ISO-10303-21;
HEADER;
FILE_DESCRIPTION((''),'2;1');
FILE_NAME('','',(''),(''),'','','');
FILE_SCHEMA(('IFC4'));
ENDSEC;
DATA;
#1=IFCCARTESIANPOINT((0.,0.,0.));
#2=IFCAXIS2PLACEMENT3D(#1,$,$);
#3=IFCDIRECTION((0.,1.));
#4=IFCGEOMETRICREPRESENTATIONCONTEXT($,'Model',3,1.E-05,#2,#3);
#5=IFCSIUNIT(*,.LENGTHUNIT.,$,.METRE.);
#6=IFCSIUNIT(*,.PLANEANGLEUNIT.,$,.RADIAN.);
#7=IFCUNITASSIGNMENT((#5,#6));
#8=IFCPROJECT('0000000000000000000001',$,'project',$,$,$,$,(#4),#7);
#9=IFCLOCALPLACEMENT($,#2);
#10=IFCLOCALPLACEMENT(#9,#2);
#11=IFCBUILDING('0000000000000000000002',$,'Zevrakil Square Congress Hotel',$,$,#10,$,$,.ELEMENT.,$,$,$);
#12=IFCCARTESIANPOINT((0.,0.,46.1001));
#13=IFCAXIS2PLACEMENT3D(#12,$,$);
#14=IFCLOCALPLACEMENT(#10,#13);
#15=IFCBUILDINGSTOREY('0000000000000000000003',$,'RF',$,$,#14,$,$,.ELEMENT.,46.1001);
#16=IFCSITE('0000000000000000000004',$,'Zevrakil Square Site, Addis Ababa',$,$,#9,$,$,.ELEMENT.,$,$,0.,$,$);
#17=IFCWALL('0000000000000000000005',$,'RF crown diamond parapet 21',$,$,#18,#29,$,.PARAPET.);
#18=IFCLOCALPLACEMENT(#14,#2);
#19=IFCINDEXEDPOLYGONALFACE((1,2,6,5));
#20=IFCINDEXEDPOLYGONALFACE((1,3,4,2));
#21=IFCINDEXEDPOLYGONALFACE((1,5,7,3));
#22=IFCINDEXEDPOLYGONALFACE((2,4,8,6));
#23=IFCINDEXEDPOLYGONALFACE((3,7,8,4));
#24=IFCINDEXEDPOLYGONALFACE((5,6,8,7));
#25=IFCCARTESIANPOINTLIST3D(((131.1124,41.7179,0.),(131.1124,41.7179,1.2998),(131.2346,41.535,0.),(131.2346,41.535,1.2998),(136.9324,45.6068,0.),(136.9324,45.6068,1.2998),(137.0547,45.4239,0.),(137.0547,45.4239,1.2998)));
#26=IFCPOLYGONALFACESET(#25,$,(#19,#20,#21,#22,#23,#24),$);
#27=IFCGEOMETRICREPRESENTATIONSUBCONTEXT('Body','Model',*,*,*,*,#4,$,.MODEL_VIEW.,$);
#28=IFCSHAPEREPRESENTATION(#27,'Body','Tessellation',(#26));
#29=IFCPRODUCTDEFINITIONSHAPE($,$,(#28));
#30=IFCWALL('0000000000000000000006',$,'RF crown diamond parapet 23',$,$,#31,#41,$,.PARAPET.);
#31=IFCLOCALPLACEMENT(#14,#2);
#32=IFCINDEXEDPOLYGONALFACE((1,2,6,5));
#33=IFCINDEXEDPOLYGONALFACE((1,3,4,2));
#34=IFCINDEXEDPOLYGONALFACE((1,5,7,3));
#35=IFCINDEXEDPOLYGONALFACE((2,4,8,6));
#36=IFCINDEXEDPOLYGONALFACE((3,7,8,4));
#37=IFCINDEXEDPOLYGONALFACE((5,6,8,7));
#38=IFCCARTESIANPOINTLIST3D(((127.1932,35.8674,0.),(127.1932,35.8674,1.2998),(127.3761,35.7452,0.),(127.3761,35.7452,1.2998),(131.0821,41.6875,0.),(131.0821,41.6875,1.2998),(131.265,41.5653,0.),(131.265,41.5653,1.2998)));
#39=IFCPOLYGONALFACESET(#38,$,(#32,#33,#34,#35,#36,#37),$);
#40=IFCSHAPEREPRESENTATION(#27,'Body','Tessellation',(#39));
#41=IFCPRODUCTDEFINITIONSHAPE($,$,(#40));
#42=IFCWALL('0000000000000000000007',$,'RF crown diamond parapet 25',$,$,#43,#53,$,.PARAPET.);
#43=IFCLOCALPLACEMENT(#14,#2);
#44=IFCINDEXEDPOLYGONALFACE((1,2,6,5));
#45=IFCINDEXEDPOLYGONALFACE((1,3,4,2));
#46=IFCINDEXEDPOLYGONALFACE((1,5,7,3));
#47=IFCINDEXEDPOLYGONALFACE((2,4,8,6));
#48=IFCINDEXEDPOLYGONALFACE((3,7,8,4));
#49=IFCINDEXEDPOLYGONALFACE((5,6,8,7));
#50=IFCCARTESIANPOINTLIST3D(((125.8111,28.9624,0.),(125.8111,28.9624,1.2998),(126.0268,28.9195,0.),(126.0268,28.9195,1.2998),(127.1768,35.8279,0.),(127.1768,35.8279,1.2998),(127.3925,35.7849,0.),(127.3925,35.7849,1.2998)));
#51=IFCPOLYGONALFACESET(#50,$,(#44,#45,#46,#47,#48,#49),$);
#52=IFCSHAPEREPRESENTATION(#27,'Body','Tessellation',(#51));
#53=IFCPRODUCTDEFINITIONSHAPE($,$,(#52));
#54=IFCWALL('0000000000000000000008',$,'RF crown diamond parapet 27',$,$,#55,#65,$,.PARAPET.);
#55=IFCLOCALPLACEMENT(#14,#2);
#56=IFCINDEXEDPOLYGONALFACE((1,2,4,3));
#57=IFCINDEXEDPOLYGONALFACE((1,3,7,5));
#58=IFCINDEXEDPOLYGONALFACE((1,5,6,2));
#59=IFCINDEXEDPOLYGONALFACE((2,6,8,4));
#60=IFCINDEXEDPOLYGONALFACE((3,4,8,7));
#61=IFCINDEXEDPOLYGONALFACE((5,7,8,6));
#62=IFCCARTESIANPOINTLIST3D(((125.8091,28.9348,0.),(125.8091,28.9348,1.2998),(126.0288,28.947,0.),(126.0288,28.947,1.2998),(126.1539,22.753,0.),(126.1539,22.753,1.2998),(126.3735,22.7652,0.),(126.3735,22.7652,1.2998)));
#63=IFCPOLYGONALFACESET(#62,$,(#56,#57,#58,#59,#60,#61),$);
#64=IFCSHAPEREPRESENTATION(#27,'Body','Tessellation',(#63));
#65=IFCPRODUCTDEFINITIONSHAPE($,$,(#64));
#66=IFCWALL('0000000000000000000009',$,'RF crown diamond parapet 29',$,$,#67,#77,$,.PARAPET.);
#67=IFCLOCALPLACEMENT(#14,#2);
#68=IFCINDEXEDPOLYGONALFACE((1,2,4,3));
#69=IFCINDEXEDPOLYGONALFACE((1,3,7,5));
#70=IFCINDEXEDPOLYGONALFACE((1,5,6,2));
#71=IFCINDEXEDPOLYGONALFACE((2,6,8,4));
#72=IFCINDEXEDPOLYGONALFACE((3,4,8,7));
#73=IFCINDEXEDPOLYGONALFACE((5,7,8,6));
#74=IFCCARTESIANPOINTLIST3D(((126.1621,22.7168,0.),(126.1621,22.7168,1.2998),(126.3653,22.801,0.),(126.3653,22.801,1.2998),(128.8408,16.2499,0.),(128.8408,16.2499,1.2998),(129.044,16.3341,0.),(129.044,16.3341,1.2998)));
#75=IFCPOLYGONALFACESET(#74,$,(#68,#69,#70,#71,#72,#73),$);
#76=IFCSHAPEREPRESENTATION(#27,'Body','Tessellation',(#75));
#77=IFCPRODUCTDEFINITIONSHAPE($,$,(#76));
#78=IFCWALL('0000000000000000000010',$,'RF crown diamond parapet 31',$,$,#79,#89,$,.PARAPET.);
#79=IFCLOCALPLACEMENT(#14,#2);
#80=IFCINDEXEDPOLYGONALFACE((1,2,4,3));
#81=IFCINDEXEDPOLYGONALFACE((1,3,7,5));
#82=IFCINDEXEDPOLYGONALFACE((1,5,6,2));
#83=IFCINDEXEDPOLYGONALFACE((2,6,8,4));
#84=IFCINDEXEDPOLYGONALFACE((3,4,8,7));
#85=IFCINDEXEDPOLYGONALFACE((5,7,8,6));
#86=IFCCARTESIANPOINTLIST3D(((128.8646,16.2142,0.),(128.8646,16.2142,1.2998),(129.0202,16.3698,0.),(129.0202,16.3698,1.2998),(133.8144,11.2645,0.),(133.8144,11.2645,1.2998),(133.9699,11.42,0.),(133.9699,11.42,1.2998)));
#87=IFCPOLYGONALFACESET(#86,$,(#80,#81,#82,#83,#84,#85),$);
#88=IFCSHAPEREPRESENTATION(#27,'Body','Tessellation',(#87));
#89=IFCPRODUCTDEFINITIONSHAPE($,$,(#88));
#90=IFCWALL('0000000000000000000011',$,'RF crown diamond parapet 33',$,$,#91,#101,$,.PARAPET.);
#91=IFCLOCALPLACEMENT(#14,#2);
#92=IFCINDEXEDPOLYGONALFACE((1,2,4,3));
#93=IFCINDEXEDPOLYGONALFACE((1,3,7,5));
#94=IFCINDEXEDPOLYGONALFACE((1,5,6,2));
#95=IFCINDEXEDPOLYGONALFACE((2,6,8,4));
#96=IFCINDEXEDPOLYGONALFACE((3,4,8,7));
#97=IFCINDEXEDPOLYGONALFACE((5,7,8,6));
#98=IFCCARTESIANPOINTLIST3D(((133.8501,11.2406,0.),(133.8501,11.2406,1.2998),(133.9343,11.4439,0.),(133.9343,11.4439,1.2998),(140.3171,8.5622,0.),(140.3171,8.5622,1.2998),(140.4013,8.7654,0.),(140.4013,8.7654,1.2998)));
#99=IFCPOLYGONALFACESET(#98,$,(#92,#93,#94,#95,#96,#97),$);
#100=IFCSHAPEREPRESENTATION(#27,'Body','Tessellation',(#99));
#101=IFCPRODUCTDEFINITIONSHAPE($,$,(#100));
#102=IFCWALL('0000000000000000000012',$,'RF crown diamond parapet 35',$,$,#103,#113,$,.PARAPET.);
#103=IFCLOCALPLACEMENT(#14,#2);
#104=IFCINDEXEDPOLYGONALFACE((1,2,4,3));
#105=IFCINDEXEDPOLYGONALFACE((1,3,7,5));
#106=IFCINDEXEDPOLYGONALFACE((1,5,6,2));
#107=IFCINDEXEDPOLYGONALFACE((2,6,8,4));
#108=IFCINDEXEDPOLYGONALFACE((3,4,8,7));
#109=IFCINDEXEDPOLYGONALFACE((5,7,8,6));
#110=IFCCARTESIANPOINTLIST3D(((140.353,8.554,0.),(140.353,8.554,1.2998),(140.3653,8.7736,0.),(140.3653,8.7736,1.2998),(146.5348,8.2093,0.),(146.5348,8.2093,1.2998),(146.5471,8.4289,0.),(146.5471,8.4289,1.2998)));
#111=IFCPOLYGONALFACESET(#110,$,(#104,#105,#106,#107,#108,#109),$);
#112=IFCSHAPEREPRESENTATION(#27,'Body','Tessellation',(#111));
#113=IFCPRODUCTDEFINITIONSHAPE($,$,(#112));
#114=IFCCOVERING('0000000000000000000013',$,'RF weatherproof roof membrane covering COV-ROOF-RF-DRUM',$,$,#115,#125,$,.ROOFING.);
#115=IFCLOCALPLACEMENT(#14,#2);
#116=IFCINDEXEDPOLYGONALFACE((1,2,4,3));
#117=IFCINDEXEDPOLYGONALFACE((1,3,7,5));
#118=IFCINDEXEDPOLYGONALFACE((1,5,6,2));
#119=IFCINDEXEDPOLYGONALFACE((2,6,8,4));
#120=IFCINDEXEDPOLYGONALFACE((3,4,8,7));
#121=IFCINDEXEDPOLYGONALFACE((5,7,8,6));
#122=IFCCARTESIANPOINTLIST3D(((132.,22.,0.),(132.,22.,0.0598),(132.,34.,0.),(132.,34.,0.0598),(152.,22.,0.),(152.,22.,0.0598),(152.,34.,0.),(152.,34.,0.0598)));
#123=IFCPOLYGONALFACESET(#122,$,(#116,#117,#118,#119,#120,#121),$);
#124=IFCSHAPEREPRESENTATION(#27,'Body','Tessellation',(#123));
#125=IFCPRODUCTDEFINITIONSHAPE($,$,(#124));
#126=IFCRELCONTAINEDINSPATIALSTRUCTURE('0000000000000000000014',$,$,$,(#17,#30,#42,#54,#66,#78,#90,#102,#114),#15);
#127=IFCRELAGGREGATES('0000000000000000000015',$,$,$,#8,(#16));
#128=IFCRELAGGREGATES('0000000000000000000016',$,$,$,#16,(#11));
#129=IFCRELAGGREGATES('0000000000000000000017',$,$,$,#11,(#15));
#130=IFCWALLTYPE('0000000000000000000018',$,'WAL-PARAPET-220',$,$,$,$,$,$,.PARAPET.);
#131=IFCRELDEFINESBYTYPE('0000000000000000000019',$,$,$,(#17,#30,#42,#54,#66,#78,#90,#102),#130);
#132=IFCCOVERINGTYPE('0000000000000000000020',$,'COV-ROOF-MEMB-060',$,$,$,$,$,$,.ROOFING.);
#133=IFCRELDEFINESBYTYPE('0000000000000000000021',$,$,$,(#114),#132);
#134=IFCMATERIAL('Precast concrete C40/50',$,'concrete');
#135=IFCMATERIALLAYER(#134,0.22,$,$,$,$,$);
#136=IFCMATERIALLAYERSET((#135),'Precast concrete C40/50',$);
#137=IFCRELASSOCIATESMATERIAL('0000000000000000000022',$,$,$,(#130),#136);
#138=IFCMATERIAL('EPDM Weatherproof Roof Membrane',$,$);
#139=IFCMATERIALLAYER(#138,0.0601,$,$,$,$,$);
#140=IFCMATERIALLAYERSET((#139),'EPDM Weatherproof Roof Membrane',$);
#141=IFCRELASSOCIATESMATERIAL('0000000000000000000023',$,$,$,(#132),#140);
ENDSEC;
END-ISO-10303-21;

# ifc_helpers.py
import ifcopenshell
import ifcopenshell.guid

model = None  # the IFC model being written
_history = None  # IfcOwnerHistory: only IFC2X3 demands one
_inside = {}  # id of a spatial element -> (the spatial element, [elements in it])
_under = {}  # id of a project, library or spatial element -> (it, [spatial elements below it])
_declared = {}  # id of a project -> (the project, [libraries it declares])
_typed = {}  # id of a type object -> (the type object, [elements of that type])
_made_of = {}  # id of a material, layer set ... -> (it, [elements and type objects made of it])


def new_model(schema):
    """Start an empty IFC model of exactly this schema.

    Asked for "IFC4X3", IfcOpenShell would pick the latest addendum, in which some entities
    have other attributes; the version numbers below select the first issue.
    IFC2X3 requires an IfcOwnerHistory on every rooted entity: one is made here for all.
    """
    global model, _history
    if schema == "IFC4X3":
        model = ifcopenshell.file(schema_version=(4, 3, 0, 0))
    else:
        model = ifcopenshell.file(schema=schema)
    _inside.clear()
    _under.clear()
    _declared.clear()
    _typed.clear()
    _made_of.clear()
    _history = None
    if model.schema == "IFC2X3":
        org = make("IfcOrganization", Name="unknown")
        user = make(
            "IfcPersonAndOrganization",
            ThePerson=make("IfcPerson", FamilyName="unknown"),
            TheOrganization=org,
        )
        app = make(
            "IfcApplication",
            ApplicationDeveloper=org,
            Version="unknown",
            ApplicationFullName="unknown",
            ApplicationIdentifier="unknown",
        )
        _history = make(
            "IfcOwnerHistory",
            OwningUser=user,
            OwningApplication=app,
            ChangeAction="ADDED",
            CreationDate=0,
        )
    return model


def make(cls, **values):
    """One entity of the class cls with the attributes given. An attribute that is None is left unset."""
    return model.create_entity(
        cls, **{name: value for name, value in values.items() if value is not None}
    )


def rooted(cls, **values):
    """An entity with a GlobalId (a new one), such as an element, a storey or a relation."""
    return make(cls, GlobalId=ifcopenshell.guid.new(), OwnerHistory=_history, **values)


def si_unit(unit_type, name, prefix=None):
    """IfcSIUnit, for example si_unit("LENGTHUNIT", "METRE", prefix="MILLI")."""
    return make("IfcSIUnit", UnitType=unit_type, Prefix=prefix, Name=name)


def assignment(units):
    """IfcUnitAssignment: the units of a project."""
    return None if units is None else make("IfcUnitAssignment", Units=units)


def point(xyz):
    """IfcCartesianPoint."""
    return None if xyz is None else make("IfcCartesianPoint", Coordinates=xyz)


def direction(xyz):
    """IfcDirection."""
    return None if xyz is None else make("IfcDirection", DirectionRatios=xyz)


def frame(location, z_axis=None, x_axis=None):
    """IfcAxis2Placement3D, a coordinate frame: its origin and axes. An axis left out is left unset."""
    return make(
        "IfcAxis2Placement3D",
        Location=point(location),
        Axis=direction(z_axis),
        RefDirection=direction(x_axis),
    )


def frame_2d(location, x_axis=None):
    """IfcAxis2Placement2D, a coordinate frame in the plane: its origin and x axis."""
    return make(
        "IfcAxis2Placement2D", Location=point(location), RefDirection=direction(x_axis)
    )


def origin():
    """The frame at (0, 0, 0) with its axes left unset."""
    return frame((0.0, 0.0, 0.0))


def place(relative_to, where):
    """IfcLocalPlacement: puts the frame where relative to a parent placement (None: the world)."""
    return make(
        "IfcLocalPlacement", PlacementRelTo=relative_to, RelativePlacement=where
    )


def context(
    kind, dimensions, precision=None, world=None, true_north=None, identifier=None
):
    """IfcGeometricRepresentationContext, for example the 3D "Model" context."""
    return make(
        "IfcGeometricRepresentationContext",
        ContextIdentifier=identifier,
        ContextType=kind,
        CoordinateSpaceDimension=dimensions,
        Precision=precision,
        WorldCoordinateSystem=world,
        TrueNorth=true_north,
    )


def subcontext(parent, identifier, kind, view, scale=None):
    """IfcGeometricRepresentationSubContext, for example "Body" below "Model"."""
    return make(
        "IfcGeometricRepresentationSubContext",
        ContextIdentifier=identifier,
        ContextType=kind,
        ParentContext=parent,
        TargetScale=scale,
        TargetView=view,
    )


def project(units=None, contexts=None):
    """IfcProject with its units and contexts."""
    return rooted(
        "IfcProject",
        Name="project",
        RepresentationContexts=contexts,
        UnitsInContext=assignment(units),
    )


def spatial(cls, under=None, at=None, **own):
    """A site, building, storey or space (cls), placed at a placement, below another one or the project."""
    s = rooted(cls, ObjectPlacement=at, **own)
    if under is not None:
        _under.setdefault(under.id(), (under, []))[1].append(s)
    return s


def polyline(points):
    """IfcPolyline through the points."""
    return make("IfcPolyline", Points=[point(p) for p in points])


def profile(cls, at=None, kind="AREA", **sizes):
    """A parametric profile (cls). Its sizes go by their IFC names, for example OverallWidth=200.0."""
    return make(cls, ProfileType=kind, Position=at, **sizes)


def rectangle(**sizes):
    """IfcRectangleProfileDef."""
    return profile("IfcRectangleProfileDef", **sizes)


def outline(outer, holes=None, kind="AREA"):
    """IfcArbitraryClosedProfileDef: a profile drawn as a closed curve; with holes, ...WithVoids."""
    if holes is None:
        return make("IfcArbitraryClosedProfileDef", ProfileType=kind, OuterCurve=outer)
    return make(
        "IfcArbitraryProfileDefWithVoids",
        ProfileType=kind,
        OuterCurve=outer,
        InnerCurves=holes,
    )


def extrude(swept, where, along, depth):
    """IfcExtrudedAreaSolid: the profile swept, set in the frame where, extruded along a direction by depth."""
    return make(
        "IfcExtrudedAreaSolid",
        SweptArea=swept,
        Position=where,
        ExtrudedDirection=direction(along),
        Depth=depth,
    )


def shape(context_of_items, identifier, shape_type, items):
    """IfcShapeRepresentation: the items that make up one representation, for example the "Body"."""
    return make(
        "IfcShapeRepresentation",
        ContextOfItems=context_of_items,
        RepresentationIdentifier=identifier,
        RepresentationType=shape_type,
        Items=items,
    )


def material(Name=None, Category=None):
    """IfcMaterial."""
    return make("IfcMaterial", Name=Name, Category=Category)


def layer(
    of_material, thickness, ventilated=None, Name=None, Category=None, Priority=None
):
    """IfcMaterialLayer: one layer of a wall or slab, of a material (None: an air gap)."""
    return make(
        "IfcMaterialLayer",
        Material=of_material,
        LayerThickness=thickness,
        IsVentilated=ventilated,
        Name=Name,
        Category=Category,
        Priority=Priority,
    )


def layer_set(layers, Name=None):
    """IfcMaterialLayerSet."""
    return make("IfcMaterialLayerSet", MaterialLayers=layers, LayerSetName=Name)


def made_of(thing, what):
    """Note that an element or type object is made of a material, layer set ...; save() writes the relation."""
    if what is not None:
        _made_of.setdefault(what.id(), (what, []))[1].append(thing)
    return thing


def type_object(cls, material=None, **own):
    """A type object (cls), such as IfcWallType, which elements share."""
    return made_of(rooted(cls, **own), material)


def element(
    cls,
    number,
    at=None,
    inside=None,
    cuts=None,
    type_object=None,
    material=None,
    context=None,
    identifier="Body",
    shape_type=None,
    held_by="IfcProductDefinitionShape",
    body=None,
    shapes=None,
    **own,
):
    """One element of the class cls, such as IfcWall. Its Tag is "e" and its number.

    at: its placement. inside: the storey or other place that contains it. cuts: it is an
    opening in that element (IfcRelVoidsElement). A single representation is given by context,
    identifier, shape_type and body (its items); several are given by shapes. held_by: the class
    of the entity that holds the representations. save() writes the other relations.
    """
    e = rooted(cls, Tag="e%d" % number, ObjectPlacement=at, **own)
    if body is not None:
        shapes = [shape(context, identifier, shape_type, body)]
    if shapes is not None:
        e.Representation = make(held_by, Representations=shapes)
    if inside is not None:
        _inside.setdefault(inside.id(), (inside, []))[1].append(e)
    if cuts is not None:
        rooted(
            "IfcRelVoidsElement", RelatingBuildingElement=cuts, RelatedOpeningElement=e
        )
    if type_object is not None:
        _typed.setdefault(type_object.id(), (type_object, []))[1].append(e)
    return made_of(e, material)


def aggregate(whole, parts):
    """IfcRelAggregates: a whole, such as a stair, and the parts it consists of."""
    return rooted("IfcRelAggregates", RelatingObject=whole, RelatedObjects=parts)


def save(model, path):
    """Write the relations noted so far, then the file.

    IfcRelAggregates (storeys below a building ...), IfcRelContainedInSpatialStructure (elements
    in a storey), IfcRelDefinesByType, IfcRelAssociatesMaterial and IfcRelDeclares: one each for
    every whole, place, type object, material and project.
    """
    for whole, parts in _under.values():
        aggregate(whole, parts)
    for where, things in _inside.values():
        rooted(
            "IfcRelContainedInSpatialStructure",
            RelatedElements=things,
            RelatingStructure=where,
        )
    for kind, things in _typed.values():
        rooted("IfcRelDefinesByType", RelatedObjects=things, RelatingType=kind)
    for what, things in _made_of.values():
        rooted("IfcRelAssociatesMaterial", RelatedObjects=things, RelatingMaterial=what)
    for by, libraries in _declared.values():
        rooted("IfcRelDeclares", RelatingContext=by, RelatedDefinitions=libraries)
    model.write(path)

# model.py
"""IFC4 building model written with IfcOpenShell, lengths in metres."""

from ifc_helpers import new_model, si_unit, direction, frame, frame_2d, origin, place, context, subcontext, project, spatial, polyline, rectangle, outline, extrude, material, layer, layer_set, type_object, element, save


model = new_model("IFC4")

# Units and contexts
model_context = context("Model", 3, precision=1e-05, world=origin(), true_north=direction((0.0, 1.0)))
body_context = subcontext(model_context, "Body", "Model", "MODEL_VIEW")
ifc_project = project(units=[si_unit("LENGTHUNIT", "METRE"), si_unit("PLANEANGLEUNIT", "RADIAN")], contexts=[model_context])

# Site, building, storey
site_placement = place(None, origin())
site = spatial("IfcSite", under=ifc_project, at=site_placement, Name="Zevrakil Square Site, Addis Ababa", CompositionType="ELEMENT", RefElevation=0.0)
building_placement = place(site_placement, origin())
building = spatial("IfcBuilding", under=site, at=building_placement, Name="Zevrakil Square Congress Hotel", CompositionType="ELEMENT")
storey_placement = place(building_placement, frame((0.0, 0.0, 46.1001)))
storey = spatial("IfcBuildingStorey", under=building, at=storey_placement, Name="RF", CompositionType="ELEMENT", Elevation=46.1001)

# Walls
ifc_material_1 = material(Name="Precast concrete C40/50", Category="concrete")
ifc_layer_1 = layer(ifc_material_1, 0.22)
ifc_layer_set_1 = layer_set([ifc_layer_1], Name="Precast concrete C40/50")
wall_type = type_object("IfcWallType", Name="WAL-PARAPET-220", PredefinedType="PARAPET", material=ifc_layer_set_1)
for number, where, z_axis, x_axis, name in (
    (1, (136.9937, 45.5154, 0.0), (0.0, 0.0, 1.0), (-0.831465, -0.555577, 0.0), "RF crown diamond parapet 21"),
    (2, (131.1736, 41.6265, 0.0), (0.0, 0.0, 1.0), (-0.555577, -0.831465, 0.0), "RF crown diamond parapet 23"),
):
    element("IfcWall", number, at=place(storey_placement, frame(where, z_axis=z_axis, x_axis=x_axis)), inside=storey, type_object=wall_type, Name=name, PredefinedType="PARAPET", context=body_context, shape_type="SweptSolid", body=[
        extrude(rectangle(XDim=6.9998, YDim=0.22, at=frame_2d((3.5, 0.0))), origin(), (0.0, 0.0, 1.0), 1.2998),
    ])
wall_1_placement = place(storey_placement, frame((127.2847, 35.8064, 0.0), z_axis=(0.0, 0.0, 1.0), x_axis=(-0.195103, -0.980783, 0.0)))
element("IfcWall", 3, at=wall_1_placement, inside=storey, type_object=wall_type, Name="RF crown diamond parapet 25", PredefinedType="PARAPET", context=body_context, shape_type="SweptSolid", body=[
    extrude(rectangle(XDim=7.0, YDim=0.22, at=frame_2d((3.5, 0.0))), origin(), (0.0, 0.0, 1.0), 1.2998),
])
wall_2_placement = place(storey_placement, frame((125.9189, 28.9409, 0.0), z_axis=(0.0, 0.0, 1.0), x_axis=(0.055677, -0.998449, 0.0)))
element("IfcWall", 4, at=wall_2_placement, inside=storey, type_object=wall_type, Name="RF crown diamond parapet 27", PredefinedType="PARAPET", context=body_context, shape_type="SweptSolid", body=[
    extrude(rectangle(XDim=6.1914, YDim=0.22, at=frame_2d((3.0957, 0.0))), origin(), (0.0, 0.0, 1.0), 1.2998),
])
wall_3_placement = place(storey_placement, frame((126.2637, 22.759, 0.0), z_axis=(0.0, 0.0, 1.0), x_axis=(0.38268, -0.923881, 0.0)))
element("IfcWall", 5, at=wall_3_placement, inside=storey, type_object=wall_type, Name="RF crown diamond parapet 29", PredefinedType="PARAPET", context=body_context, shape_type="SweptSolid", body=[
    extrude(rectangle(XDim=6.9998, YDim=0.22, at=frame_2d((3.5, 0.0))), origin(), (0.0, 0.0, 1.0), 1.2998),
])
wall_4_placement = place(storey_placement, frame((128.9424, 16.292, 0.0), z_axis=(0.0, 0.0, 1.0), x_axis=(0.707107, -0.707107, 0.0)))
element("IfcWall", 6, at=wall_4_placement, inside=storey, type_object=wall_type, Name="RF crown diamond parapet 31", PredefinedType="PARAPET", context=body_context, shape_type="SweptSolid", body=[
    extrude(rectangle(XDim=7.0, YDim=0.22, at=frame_2d((3.5, 0.0))), origin(), (0.0, 0.0, 1.0), 1.2998),
])
wall_5_placement = place(storey_placement, frame((133.8921, 11.3423, 0.0), z_axis=(0.0, 0.0, 1.0), x_axis=(0.923893, -0.382651, 0.0)))
element("IfcWall", 7, at=wall_5_placement, inside=storey, type_object=wall_type, Name="RF crown diamond parapet 33", PredefinedType="PARAPET", context=body_context, shape_type="SweptSolid", body=[
    extrude(rectangle(XDim=6.9998, YDim=0.22, at=frame_2d((3.5, 0.0))), origin(), (0.0, 0.0, 1.0), 1.2998),
])
wall_6_placement = place(storey_placement, frame((140.3591, 8.6638, 0.0), z_axis=(0.0, 0.0, 1.0), x_axis=(0.998449, -0.055677, 0.0)))
element("IfcWall", 8, at=wall_6_placement, inside=storey, type_object=wall_type, Name="RF crown diamond parapet 35", PredefinedType="PARAPET", context=body_context, shape_type="SweptSolid", body=[
    extrude(rectangle(XDim=6.1914, YDim=0.22, at=frame_2d((3.0957, 0.0))), origin(), (0.0, 0.0, 1.0), 1.2998),
])

# Covering
ifc_material_2 = material(Name="EPDM Weatherproof Roof Membrane")
ifc_layer_2 = layer(ifc_material_2, 0.0601)
ifc_layer_set_2 = layer_set([ifc_layer_2], Name="EPDM Weatherproof Roof Membrane")
covering_type = type_object("IfcCoveringType", Name="COV-ROOF-MEMB-060", PredefinedType="ROOFING", material=ifc_layer_set_2)
covering_placement = place(storey_placement, origin())
element("IfcCovering", 9, at=covering_placement, inside=storey, type_object=covering_type, Name="RF weatherproof roof membrane covering COV-ROOF-RF-DRUM", PredefinedType="ROOFING", context=body_context, shape_type="SweptSolid", body=[
    extrude(outline(polyline([(132.0, 22.0), (152.0, 22.0), (152.0, 34.0), (132.0, 34.0), (132.0, 22.0)])), origin(), (0.0, 0.0, 1.0), 0.0598),
])

save(model, "model.ifc")
